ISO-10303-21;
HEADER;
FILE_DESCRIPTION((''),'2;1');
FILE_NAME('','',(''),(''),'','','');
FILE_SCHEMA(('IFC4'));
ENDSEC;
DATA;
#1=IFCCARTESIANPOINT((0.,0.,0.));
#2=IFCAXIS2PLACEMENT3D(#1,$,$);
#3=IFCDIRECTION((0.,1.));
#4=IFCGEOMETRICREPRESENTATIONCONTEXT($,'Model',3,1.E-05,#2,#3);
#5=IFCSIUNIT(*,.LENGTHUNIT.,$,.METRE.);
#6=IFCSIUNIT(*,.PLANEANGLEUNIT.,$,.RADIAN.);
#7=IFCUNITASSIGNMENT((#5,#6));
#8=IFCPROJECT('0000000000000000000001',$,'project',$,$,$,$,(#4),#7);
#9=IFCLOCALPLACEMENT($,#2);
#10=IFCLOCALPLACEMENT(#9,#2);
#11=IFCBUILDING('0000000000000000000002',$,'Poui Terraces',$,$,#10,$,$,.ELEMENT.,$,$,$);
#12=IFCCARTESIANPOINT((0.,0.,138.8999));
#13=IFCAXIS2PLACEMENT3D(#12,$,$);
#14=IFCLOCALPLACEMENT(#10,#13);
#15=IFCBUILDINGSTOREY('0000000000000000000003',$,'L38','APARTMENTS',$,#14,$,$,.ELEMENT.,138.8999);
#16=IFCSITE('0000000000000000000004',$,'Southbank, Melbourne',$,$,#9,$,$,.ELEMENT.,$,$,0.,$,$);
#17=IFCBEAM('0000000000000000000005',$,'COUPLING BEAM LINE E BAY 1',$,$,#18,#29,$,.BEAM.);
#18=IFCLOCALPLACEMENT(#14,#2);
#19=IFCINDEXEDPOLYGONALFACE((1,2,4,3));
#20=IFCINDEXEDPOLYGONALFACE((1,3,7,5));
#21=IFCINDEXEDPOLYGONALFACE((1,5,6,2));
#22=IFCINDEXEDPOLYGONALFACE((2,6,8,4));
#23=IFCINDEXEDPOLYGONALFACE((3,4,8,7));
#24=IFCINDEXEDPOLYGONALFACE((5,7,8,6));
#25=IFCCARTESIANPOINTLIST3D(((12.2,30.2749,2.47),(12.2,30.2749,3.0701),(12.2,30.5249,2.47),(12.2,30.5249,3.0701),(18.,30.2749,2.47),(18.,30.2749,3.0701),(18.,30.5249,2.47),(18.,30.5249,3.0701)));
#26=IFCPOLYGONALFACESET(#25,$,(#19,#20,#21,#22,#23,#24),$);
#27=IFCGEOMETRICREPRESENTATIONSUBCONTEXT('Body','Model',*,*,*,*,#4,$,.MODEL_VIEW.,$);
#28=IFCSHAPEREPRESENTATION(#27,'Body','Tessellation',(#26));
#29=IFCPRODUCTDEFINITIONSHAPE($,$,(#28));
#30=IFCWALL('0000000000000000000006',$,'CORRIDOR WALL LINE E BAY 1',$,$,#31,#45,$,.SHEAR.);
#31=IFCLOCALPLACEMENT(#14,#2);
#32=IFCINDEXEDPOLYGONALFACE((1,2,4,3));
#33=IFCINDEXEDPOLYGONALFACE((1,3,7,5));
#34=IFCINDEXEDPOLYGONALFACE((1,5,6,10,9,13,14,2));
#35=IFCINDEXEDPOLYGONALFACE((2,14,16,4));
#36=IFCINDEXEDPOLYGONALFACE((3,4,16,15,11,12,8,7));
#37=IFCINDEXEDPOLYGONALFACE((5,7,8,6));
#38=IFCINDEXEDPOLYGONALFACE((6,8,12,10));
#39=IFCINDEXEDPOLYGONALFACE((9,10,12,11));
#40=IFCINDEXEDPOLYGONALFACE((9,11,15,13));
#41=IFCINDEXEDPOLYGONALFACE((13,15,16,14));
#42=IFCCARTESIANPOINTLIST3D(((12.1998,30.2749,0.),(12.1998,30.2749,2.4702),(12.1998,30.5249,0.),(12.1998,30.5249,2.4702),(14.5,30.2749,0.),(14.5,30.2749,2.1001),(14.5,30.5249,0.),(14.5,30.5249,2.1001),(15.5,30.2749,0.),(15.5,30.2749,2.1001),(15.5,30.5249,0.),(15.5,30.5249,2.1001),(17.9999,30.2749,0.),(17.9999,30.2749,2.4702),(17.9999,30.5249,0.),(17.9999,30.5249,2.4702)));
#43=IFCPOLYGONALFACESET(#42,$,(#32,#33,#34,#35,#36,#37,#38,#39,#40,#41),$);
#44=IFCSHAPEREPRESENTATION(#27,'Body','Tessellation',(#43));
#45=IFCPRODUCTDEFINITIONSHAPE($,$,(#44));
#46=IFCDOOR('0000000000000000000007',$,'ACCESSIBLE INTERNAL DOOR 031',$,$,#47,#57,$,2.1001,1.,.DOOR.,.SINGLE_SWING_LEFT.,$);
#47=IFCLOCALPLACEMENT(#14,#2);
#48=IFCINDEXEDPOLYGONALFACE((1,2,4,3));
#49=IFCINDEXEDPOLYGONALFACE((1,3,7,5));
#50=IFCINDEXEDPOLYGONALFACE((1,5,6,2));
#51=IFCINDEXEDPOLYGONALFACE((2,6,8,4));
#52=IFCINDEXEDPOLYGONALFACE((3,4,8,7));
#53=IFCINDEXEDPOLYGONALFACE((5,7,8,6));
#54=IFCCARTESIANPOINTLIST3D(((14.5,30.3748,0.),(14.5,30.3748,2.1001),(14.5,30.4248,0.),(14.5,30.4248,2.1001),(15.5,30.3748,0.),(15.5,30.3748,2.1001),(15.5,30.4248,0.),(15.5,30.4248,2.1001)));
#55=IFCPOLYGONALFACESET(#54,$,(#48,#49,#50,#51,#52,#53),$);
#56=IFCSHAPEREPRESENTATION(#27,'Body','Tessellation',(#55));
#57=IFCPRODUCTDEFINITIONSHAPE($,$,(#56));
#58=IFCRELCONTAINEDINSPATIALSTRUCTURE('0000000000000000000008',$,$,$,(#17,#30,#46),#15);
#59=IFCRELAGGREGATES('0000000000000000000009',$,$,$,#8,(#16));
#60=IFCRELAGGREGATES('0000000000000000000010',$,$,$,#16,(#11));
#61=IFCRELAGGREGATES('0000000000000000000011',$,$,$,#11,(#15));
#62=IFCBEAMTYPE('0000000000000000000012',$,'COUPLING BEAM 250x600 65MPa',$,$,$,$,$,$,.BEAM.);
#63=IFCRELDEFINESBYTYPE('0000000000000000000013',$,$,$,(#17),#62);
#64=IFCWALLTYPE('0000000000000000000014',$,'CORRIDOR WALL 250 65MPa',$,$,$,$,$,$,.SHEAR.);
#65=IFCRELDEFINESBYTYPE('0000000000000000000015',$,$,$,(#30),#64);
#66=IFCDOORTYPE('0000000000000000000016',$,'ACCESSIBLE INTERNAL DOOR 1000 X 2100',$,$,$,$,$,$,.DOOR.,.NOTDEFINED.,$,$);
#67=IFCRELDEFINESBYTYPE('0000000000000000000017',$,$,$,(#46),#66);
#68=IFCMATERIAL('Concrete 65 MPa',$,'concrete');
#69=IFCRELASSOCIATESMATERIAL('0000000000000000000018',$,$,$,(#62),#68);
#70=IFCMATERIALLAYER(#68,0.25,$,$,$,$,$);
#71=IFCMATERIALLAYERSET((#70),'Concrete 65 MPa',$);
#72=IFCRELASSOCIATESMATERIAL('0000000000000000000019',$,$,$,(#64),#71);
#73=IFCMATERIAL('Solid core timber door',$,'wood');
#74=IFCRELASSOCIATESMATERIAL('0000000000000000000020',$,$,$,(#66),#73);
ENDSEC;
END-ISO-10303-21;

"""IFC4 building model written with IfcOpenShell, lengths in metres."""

from ifc_helpers import new_model, si_unit, direction, frame, frame_2d, origin, origin_2d, place, context, subcontext, project, spatial, rectangle, extrude, source, transform, mapped, material, layer, layer_set, material_profile, profile_set, type_object, element, fill, save


model = new_model("IFC4")

# Units and contexts
model_context = context("Model", 3, precision=1e-05, world=origin(), true_north=direction((0.0, 1.0)))
body_context = subcontext(model_context, "Body", "Model", "MODEL_VIEW")
ifc_project = project(units=[si_unit("LENGTHUNIT", "METRE"), si_unit("PLANEANGLEUNIT", "RADIAN")], contexts=[model_context])

# Site, building, storey
site_placement = place(None, origin())
site = spatial("IfcSite", under=ifc_project, at=site_placement, Name="Southbank, Melbourne", CompositionType="ELEMENT", RefElevation=0.0)
building_placement = place(site_placement, origin())
building = spatial("IfcBuilding", under=site, at=building_placement, Name="Poui Terraces", CompositionType="ELEMENT")
storey_placement = place(building_placement, frame((0.0, 0.0, 138.8999)))
storey = spatial("IfcBuildingStorey", under=building, at=storey_placement, Name="L38", Description="APARTMENTS", CompositionType="ELEMENT", Elevation=138.8999)

# Beam
ifc_material_1 = material(Name="Concrete 65 MPa", Category="concrete")
ifc_material_profile = material_profile(ifc_material_1, rectangle(XDim=0.25, YDim=0.6001, at=origin_2d()), Name="RC 250x600")
ifc_profile_set = profile_set([ifc_material_profile], Name="Concrete 65 MPa")
beam_type = type_object("IfcBeamType", Name="COUPLING BEAM 250x600 65MPa", PredefinedType="BEAM", material=ifc_profile_set)
shared_shape = source(origin(), body_context, "Body", "SweptSolid", [
    extrude(rectangle(XDim=0.25, YDim=0.6001, at=origin_2d()), origin(), (0.0, 0.0, 1.0), 5.8),
])
beam_placement = place(storey_placement, frame((12.2, 30.3999, 2.77), z_axis=(1.0, 0.0, 0.0), x_axis=(0.0, 1.0, 0.0)))
element("IfcBeam", 1, at=beam_placement, inside=storey, type_object=beam_type, Name="COUPLING BEAM LINE E BAY 1", PredefinedType="BEAM", context=body_context, shape_type="MappedRepresentation", body=[
    mapped(shared_shape, transform((0.0, 0.0, 0.0))),
])

# Wall, opening, door
ifc_layer_1 = layer(ifc_material_1, 0.25)
ifc_layer_set_1 = layer_set([ifc_layer_1], Name="Concrete 65 MPa")
wall_type_1 = type_object("IfcWallType", Name="CORRIDOR WALL 250 65MPa", PredefinedType="SHEAR", material=ifc_layer_set_1)
wall_1_placement = place(storey_placement, frame((12.2, 30.3999, 0.0), z_axis=(0.0, 0.0, 1.0), x_axis=(1.0, 0.0, 0.0)))
wall_1 = element("IfcWall", 2, at=wall_1_placement, inside=storey, type_object=wall_type_1, Name="CORRIDOR WALL LINE E BAY 1", PredefinedType="SHEAR", context=body_context, shape_type="SweptSolid", body=[
    extrude(rectangle(XDim=5.8, YDim=0.25, at=frame_2d((2.8999, 0.0))), origin(), (0.0, 0.0, 1.0), 2.4702),
])
opening_1_placement = place(wall_1_placement, frame((2.3, 0.0, 0.0)))
opening_1 = element("IfcOpeningElement", 3, at=opening_1_placement, cuts=wall_1, PredefinedType="OPENING", context=body_context, shape_type="SweptSolid", body=[
    extrude(rectangle(XDim=1.0, YDim=2.1001, at=frame_2d((0.5, 1.05))), frame((0.0, 0.135, 0.0), z_axis=(0.0, -1.0, 0.0), x_axis=(1.0, 0.0, 0.0)), (0.0, 0.0, 1.0), 0.27),
])
ifc_material_2 = material(Name="Solid core timber door", Category="wood")
door_type_1 = type_object("IfcDoorType", Name="ACCESSIBLE INTERNAL DOOR 1000 X 2100", OperationType="NOTDEFINED", PredefinedType="DOOR", material=ifc_material_2)
door_1_placement = place(opening_1_placement, origin())
door_1 = element("IfcDoor", 4, at=door_1_placement, inside=storey, type_object=door_type_1, Name="ACCESSIBLE INTERNAL DOOR 031", OperationType="SINGLE_SWING_LEFT", OverallHeight=2.1001, OverallWidth=1.0, PredefinedType="DOOR", context=body_context, shape_type="SweptSolid", body=[
    extrude(rectangle(XDim=1.0, YDim=2.1001, at=frame_2d((0.5, 1.05))), frame((0.0, 0.0249, 0.0), z_axis=(0.0, -1.0, 0.0), x_axis=(1.0, 0.0, 0.0)), (0.0, 0.0, 1.0), 0.05),
])
fill(opening_1, door_1)

save(model, "model.ifc")
